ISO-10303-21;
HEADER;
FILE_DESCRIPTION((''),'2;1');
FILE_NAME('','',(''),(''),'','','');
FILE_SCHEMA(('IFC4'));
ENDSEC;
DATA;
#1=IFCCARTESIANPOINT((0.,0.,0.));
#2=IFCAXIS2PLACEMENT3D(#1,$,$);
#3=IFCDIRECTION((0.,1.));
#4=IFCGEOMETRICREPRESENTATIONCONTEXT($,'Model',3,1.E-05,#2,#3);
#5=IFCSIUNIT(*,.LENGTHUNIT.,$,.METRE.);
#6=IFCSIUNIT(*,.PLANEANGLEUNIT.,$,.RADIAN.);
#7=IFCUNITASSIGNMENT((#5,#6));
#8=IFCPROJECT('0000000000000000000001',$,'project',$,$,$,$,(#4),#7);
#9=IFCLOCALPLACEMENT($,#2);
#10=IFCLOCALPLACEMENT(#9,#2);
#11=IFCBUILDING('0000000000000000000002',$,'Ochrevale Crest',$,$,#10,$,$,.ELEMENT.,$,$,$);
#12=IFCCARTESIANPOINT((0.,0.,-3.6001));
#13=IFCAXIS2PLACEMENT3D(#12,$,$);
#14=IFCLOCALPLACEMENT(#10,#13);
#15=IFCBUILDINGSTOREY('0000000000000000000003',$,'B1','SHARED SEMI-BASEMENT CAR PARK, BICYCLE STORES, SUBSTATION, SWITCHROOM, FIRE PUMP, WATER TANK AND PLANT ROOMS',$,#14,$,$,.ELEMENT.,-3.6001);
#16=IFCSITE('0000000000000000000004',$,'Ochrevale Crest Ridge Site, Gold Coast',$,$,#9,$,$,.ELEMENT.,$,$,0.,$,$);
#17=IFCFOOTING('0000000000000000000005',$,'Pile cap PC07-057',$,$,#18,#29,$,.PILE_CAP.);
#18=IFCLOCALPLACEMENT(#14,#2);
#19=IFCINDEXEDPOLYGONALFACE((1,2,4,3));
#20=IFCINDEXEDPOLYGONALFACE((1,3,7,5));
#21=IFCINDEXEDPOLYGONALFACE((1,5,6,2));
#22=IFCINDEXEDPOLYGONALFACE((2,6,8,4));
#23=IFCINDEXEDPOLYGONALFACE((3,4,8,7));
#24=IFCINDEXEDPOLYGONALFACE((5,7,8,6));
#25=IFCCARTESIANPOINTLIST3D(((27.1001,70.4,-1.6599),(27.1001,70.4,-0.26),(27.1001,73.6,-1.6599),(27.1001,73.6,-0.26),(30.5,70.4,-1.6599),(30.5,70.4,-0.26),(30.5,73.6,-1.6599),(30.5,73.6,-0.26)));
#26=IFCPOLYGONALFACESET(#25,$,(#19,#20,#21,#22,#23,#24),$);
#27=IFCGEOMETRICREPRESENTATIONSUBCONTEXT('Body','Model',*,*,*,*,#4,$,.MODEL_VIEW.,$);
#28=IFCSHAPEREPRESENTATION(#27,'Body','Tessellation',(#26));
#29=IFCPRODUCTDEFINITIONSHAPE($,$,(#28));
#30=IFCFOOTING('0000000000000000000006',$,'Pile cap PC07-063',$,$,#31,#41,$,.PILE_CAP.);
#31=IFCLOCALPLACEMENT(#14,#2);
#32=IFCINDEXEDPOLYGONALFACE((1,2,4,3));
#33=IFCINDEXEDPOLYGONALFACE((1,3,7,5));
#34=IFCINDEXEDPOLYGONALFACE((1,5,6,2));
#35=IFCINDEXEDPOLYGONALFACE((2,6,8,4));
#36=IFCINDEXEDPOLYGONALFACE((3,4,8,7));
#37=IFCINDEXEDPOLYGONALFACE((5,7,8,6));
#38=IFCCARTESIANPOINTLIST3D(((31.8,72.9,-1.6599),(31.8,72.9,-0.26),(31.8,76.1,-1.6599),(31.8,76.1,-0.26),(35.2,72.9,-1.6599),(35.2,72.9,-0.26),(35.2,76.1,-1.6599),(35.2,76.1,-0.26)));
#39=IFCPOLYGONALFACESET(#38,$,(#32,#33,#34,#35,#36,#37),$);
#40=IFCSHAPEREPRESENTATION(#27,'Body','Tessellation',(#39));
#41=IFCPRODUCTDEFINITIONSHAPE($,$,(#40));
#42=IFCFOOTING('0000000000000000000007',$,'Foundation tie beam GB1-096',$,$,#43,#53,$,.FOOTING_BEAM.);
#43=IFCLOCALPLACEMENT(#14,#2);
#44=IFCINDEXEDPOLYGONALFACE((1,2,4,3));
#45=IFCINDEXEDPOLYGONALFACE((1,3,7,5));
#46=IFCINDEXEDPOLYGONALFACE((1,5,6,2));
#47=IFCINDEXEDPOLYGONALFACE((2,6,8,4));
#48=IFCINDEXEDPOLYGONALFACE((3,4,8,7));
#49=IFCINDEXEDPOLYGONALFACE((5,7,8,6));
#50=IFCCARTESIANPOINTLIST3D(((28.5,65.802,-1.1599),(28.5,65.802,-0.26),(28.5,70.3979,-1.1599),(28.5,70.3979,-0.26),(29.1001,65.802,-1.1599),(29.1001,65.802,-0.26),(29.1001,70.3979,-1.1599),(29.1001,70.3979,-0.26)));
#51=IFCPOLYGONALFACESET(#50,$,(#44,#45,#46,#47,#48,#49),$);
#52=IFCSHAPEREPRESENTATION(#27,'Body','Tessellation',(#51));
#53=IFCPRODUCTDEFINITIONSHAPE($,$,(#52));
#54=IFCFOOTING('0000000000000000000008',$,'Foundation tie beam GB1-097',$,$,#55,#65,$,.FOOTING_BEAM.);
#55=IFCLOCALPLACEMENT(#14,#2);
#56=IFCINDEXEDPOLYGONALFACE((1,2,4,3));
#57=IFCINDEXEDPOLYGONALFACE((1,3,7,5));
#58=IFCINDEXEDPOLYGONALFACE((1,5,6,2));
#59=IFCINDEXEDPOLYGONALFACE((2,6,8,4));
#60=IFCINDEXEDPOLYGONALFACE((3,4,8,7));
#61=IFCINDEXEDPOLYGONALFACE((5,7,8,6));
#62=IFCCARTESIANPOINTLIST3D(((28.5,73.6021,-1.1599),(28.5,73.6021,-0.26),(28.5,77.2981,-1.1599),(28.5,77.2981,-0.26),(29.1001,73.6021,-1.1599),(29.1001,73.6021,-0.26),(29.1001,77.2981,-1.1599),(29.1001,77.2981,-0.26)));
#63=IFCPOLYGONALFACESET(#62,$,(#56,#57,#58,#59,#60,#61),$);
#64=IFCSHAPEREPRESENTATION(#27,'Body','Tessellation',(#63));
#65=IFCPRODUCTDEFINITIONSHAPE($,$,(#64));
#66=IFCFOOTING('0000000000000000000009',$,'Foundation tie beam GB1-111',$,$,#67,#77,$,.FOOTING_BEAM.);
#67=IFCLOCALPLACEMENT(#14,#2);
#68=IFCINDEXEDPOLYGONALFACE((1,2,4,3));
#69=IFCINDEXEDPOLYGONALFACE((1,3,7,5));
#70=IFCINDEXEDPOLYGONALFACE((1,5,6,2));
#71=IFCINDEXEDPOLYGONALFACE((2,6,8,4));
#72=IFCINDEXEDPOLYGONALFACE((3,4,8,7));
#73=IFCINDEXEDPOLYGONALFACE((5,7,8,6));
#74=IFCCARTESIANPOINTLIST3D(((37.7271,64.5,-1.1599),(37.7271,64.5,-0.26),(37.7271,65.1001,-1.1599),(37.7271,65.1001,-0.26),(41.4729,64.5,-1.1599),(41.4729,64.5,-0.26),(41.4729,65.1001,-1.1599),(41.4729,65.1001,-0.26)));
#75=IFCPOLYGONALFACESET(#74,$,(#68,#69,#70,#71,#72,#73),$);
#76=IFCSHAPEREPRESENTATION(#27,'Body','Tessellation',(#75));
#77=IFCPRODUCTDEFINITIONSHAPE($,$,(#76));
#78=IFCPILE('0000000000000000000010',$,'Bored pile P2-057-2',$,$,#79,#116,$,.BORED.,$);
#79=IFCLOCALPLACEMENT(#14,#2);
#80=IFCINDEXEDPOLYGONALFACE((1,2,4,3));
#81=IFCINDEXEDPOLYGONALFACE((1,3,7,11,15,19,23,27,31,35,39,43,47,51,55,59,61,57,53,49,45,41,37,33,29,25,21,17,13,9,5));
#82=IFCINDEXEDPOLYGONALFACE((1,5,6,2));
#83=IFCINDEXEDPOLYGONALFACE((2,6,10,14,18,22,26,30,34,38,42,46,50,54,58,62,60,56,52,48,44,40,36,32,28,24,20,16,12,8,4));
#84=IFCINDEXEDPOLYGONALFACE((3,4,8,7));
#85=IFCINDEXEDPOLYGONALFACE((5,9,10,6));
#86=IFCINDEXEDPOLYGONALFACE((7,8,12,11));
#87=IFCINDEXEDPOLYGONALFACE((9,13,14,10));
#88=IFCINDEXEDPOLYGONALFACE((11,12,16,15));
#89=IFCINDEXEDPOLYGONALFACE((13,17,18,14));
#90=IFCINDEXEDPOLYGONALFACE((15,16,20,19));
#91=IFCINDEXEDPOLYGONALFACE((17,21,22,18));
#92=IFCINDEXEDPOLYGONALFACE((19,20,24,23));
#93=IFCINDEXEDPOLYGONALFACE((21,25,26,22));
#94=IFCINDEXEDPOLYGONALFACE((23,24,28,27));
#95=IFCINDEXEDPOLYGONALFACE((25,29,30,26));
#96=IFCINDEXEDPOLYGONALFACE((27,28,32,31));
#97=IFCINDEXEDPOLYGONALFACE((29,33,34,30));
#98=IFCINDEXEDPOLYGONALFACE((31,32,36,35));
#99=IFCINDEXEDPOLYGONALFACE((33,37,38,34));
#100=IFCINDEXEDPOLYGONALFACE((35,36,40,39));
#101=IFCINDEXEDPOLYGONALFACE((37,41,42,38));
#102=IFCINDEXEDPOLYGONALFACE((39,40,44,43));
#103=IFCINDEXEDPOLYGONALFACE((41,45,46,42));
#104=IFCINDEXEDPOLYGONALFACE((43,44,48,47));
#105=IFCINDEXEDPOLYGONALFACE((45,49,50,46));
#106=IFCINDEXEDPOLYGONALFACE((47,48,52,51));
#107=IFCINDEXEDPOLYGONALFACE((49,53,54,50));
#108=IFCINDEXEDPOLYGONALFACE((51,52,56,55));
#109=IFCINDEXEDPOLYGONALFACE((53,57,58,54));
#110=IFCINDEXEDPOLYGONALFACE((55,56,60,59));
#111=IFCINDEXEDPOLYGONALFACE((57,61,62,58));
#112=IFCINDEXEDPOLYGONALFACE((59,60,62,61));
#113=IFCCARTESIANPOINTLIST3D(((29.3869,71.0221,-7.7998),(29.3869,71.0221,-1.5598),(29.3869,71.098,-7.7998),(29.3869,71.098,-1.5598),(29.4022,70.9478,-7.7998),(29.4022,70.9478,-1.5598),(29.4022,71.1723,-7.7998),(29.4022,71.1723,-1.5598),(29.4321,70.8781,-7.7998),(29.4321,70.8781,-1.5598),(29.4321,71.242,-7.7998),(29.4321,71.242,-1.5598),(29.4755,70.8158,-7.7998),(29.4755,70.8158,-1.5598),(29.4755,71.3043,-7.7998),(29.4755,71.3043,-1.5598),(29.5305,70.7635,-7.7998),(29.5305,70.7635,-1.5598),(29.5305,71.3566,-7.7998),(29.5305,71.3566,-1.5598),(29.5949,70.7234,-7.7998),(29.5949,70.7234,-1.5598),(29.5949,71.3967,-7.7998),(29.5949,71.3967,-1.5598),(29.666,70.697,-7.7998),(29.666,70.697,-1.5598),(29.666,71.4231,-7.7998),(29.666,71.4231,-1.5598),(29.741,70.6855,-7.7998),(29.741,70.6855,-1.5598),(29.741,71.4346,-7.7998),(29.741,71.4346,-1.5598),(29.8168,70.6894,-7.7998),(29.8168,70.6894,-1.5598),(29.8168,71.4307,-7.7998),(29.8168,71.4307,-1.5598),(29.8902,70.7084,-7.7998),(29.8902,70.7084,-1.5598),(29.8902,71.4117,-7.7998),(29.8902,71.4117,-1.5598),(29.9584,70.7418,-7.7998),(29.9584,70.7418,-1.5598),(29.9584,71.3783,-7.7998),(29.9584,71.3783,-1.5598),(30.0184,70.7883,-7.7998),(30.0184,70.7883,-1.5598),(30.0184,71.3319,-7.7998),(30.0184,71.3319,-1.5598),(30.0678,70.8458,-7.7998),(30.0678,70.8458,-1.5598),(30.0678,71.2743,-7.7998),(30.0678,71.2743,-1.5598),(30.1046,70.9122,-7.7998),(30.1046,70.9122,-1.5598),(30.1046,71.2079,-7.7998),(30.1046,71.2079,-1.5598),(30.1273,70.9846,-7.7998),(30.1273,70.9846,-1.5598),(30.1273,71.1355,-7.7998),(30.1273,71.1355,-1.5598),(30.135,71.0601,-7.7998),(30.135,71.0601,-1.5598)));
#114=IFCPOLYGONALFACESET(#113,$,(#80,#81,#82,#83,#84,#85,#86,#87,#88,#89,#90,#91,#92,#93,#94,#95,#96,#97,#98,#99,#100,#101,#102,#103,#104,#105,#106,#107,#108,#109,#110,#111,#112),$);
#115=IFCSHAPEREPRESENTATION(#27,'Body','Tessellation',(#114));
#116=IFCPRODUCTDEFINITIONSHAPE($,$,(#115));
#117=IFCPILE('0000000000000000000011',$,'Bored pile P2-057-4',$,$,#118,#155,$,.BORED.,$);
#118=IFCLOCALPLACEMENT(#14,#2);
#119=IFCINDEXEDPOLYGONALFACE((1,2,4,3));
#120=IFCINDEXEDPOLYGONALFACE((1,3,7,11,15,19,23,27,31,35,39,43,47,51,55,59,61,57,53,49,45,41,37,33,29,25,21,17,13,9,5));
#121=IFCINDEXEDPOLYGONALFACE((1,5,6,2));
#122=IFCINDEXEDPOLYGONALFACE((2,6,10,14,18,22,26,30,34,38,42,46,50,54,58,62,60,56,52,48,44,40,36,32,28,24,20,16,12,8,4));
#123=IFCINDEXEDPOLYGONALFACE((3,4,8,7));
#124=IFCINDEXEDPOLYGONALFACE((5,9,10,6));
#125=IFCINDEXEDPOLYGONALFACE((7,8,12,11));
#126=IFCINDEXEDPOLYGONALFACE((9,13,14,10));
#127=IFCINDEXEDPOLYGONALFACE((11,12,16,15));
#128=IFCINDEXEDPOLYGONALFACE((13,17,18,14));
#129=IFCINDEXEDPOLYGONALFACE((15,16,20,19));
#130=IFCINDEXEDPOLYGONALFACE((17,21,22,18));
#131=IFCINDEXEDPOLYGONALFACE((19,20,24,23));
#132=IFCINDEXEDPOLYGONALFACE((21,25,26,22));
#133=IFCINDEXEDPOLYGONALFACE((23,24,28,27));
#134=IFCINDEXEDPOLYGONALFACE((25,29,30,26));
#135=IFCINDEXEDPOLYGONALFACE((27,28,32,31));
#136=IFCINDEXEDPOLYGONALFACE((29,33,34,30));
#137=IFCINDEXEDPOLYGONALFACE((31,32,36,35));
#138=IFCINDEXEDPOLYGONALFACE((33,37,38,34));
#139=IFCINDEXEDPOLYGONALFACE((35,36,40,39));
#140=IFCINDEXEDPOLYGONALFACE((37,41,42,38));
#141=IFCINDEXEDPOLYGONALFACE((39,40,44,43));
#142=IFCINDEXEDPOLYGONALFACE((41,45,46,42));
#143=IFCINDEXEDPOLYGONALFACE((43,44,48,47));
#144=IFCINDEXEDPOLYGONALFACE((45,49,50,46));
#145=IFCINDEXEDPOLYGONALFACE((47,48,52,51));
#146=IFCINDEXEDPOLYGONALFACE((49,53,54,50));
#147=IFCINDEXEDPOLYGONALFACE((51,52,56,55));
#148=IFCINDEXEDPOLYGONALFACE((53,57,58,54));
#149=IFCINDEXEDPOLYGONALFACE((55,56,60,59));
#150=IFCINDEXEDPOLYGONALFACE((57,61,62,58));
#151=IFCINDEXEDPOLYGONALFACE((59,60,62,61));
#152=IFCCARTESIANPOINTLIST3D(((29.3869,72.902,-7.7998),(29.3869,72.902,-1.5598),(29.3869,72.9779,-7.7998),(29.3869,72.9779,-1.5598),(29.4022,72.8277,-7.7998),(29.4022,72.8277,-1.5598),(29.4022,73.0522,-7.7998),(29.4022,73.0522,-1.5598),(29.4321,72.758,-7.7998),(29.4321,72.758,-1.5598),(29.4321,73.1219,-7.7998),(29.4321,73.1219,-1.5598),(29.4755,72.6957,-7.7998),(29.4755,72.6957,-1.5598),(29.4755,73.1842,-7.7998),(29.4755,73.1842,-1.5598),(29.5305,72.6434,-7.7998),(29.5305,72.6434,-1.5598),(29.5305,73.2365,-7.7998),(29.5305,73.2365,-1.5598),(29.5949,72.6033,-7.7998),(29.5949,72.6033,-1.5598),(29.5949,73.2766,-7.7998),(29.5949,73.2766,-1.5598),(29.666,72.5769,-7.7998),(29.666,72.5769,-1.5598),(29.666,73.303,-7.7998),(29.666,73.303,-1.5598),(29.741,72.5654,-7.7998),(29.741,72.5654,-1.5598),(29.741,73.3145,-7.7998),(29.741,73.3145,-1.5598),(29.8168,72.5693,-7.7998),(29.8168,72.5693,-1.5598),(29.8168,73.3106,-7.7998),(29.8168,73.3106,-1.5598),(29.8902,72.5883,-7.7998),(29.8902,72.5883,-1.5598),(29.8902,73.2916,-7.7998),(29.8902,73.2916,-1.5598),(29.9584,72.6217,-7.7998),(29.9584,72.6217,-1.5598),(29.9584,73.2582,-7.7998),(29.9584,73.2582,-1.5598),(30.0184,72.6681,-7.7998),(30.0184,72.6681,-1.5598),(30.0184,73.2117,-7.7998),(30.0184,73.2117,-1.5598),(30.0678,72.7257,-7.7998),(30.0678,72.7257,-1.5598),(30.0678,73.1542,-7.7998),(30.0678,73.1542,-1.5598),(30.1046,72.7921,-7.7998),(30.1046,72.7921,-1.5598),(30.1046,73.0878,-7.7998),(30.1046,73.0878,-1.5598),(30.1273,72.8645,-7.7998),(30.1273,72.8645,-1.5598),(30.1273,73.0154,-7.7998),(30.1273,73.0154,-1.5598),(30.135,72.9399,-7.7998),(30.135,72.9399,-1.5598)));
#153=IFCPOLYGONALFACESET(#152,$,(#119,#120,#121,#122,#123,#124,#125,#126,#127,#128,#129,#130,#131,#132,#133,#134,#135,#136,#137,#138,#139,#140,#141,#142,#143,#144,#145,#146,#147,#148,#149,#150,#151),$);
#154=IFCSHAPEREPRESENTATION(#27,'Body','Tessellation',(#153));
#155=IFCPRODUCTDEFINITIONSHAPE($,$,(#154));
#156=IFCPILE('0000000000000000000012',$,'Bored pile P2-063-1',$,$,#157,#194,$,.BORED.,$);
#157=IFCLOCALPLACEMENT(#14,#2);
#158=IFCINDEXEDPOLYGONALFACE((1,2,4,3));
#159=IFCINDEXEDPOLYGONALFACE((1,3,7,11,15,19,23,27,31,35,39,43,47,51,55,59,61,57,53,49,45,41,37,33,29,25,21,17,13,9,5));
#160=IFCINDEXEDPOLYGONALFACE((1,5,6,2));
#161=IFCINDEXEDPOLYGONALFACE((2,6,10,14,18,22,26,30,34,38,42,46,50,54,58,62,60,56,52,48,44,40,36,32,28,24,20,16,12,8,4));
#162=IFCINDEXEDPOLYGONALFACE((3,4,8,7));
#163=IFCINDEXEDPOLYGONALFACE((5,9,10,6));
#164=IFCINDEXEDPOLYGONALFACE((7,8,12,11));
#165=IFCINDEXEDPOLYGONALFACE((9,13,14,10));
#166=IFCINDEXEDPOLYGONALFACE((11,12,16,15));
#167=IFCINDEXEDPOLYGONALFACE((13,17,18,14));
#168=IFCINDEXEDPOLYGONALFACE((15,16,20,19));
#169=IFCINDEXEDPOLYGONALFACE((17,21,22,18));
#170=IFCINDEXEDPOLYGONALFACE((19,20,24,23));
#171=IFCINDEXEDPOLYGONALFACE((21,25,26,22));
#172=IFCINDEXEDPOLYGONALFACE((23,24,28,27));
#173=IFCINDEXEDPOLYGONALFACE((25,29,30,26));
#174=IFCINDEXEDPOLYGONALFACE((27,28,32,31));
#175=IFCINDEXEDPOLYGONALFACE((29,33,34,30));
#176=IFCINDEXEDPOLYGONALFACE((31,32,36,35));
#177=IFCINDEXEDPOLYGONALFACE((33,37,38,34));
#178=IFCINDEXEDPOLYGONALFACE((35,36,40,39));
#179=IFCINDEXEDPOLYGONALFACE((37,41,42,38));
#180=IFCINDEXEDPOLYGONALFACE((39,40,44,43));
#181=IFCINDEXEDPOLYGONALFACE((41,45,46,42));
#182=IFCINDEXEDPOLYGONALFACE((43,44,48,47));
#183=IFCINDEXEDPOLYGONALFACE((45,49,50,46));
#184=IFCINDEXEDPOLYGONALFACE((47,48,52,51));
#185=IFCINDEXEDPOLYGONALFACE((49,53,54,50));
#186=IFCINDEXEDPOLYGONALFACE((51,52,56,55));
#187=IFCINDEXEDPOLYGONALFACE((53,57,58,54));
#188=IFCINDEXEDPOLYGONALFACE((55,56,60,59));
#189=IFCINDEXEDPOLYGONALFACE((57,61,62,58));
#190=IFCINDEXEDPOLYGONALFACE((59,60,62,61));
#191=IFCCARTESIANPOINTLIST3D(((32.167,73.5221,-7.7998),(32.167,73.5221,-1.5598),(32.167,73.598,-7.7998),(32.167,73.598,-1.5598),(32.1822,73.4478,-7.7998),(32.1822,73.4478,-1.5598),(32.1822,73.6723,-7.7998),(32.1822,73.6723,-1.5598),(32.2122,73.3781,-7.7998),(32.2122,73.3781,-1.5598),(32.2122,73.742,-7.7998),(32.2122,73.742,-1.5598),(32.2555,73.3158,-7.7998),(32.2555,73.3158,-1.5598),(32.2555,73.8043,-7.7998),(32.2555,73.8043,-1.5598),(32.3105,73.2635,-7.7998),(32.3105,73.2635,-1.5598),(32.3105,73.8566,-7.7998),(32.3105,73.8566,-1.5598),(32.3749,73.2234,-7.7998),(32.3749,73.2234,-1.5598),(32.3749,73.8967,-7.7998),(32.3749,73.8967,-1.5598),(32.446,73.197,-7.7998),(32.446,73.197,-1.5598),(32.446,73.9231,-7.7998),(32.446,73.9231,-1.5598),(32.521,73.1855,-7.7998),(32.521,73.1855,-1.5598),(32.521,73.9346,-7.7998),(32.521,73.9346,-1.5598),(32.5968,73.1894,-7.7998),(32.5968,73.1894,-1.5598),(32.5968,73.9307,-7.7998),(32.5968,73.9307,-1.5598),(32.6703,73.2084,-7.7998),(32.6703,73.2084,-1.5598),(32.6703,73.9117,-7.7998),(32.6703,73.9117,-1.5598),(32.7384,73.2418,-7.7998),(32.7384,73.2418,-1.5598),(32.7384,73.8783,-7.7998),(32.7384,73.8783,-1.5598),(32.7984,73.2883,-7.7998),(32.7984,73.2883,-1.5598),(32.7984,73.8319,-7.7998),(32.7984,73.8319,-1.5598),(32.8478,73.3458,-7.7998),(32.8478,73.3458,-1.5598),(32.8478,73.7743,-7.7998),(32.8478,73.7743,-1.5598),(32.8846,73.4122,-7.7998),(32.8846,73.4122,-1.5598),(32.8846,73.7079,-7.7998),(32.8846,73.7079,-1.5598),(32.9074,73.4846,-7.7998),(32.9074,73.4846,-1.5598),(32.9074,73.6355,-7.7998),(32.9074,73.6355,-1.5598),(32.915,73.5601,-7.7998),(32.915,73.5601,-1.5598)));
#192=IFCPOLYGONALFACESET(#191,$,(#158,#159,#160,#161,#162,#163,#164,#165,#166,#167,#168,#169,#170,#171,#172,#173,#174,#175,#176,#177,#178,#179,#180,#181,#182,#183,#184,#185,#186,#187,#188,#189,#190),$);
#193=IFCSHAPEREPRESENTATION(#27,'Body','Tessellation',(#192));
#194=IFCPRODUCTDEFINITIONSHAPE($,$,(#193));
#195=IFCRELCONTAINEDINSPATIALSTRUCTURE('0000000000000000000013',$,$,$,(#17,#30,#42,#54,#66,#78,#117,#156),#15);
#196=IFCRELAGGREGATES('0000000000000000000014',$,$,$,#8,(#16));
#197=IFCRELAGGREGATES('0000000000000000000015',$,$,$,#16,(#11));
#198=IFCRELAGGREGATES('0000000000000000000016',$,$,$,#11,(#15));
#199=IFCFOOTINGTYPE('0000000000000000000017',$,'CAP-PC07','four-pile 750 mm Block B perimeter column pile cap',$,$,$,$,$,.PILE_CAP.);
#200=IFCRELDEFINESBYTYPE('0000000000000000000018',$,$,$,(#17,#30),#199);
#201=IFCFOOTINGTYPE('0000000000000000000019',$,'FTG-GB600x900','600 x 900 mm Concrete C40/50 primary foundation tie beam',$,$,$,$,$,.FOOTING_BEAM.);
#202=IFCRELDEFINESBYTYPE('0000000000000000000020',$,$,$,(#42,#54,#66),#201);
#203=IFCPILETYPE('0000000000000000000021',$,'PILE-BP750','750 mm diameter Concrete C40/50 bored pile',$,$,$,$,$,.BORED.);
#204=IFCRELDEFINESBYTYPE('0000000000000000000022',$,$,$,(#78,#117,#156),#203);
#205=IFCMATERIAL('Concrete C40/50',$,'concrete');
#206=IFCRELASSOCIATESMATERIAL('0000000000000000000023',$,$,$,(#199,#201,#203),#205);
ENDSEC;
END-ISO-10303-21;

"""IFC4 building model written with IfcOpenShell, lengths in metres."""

from ifc_helpers import new_model, si_unit, direction, frame, origin, origin_2d, place, context, subcontext, project, spatial, rectangle, circle, extrude, material, material_profile, profile_set, type_object, element, save


model = new_model("IFC4")

# Units and contexts
model_context = context("Model", 3, precision=1e-05, world=origin(), true_north=direction((0.0, 1.0)))
body_context = subcontext(model_context, "Body", "Model", "MODEL_VIEW")
ifc_project = project(units=[si_unit("LENGTHUNIT", "METRE"), si_unit("PLANEANGLEUNIT", "RADIAN")], contexts=[model_context])

# Site, building, storey
site_placement = place(None, origin())
site = spatial("IfcSite", under=ifc_project, at=site_placement, Name="Ochrevale Crest Ridge Site, Gold Coast", CompositionType="ELEMENT", RefElevation=0.0)
building_placement = place(site_placement, origin())
building = spatial("IfcBuilding", under=site, at=building_placement, Name="Ochrevale Crest", CompositionType="ELEMENT")
storey_placement = place(building_placement, frame((0.0, 0.0, -3.6001)))
storey = spatial("IfcBuildingStorey", under=building, at=storey_placement, Name="B1", Description="SHARED SEMI-BASEMENT CAR PARK, BICYCLE STORES, SUBSTATION, SWITCHROOM, FIRE PUMP, WATER TANK AND PLANT ROOMS", CompositionType="ELEMENT", Elevation=-3.6001)

# Footings
ifc_material_1 = material(Name="Concrete C40/50", Category="concrete")
footing_type_1 = type_object("IfcFootingType", Name="CAP-PC07", Description="four-pile 750 mm Block B perimeter column pile cap", PredefinedType="PILE_CAP", material=ifc_material_1)
for number, where, z_axis, x_axis, name in (
    (1, (28.8, 72.0, -1.6599), (0.0, 0.0, 1.0), (1.0, 0.0, 0.0), "Pile cap PC07-057"),
    (2, (33.5, 74.5, -1.6599), (0.0, 0.0, 1.0), (1.0, 0.0, 0.0), "Pile cap PC07-063"),
):
    element("IfcFooting", number, at=place(storey_placement, frame(where, z_axis=z_axis, x_axis=x_axis)), inside=storey, type_object=footing_type_1, Name=name, PredefinedType="PILE_CAP", context=body_context, shape_type="SweptSolid", body=[
        extrude(rectangle(XDim=3.3999, YDim=3.2, at=origin_2d()), origin(), (0.0, 0.0, 1.0), 1.3999),
    ])
ifc_material_profile_1 = material_profile(ifc_material_1, rectangle(XDim=0.6001, YDim=0.8999, at=origin_2d()), Name="GB 600x900")
ifc_profile_set_1 = profile_set([ifc_material_profile_1], Name="Concrete C40/50")
footing_type_2 = type_object("IfcFootingType", Name="FTG-GB600x900", Description="600 x 900 mm Concrete C40/50 primary foundation tie beam", PredefinedType="FOOTING_BEAM", material=ifc_profile_set_1)
footing_1_placement = place(storey_placement, frame((28.8, 65.802, -0.71), z_axis=(0.0, 1.0, 0.0), x_axis=(-1.0, 0.0, 0.0)))
element("IfcFooting", 3, at=footing_1_placement, inside=storey, type_object=footing_type_2, Name="Foundation tie beam GB1-096", PredefinedType="FOOTING_BEAM", context=body_context, shape_type="SweptSolid", body=[
    extrude(rectangle(XDim=0.6001, YDim=0.8999, at=origin_2d()), origin(), (0.0, 0.0, 1.0), 4.5959),
])
footing_2_placement = place(storey_placement, frame((28.8, 73.6021, -0.71), z_axis=(0.0, 1.0, 0.0), x_axis=(-1.0, 0.0, 0.0)))
element("IfcFooting", 4, at=footing_2_placement, inside=storey, type_object=footing_type_2, Name="Foundation tie beam GB1-097", PredefinedType="FOOTING_BEAM", context=body_context, shape_type="SweptSolid", body=[
    extrude(rectangle(XDim=0.6001, YDim=0.8999, at=origin_2d()), origin(), (0.0, 0.0, 1.0), 3.696),
])
footing_3_placement = place(storey_placement, frame((37.7271, 64.8, -0.71), z_axis=(1.0, 0.0, 0.0), x_axis=(0.0, 1.0, 0.0)))
element("IfcFooting", 5, at=footing_3_placement, inside=storey, type_object=footing_type_2, Name="Foundation tie beam GB1-111", PredefinedType="FOOTING_BEAM", context=body_context, shape_type="SweptSolid", body=[
    extrude(rectangle(XDim=0.6001, YDim=0.8999, at=origin_2d()), origin(), (0.0, 0.0, 1.0), 3.7458),
])

# Piles
ifc_material_profile_2 = material_profile(ifc_material_1, circle(Radius=0.375, at=origin_2d()), Name="BORED PILE 750")
ifc_profile_set_2 = profile_set([ifc_material_profile_2], Name="Concrete C40/50")
pile_type_1 = type_object("IfcPileType", Name="PILE-BP750", Description="750 mm diameter Concrete C40/50 bored pile", PredefinedType="BORED", material=ifc_profile_set_2)
for number, where, z_axis, x_axis, name in (
    (6, (29.76, 71.0601, -1.5598), (0.0, 0.0, -1.0), (1.0, 0.0, 0.0), "Bored pile P2-057-2"),
    (7, (29.76, 72.9399, -1.5598), (0.0, 0.0, -1.0), (1.0, 0.0, 0.0), "Bored pile P2-057-4"),
    (8, (32.54, 73.5601, -1.5598), (0.0, 0.0, -1.0), (1.0, 0.0, 0.0), "Bored pile P2-063-1"),
):
    element("IfcPile", number, at=place(storey_placement, frame(where, z_axis=z_axis, x_axis=x_axis)), inside=storey, type_object=pile_type_1, Name=name, PredefinedType="BORED", context=body_context, shape_type="SweptSolid", body=[
        extrude(circle(Radius=0.375, at=origin_2d()), origin(), (0.0, 0.0, 1.0), 6.24),
    ])

save(model, "model.ifc")
